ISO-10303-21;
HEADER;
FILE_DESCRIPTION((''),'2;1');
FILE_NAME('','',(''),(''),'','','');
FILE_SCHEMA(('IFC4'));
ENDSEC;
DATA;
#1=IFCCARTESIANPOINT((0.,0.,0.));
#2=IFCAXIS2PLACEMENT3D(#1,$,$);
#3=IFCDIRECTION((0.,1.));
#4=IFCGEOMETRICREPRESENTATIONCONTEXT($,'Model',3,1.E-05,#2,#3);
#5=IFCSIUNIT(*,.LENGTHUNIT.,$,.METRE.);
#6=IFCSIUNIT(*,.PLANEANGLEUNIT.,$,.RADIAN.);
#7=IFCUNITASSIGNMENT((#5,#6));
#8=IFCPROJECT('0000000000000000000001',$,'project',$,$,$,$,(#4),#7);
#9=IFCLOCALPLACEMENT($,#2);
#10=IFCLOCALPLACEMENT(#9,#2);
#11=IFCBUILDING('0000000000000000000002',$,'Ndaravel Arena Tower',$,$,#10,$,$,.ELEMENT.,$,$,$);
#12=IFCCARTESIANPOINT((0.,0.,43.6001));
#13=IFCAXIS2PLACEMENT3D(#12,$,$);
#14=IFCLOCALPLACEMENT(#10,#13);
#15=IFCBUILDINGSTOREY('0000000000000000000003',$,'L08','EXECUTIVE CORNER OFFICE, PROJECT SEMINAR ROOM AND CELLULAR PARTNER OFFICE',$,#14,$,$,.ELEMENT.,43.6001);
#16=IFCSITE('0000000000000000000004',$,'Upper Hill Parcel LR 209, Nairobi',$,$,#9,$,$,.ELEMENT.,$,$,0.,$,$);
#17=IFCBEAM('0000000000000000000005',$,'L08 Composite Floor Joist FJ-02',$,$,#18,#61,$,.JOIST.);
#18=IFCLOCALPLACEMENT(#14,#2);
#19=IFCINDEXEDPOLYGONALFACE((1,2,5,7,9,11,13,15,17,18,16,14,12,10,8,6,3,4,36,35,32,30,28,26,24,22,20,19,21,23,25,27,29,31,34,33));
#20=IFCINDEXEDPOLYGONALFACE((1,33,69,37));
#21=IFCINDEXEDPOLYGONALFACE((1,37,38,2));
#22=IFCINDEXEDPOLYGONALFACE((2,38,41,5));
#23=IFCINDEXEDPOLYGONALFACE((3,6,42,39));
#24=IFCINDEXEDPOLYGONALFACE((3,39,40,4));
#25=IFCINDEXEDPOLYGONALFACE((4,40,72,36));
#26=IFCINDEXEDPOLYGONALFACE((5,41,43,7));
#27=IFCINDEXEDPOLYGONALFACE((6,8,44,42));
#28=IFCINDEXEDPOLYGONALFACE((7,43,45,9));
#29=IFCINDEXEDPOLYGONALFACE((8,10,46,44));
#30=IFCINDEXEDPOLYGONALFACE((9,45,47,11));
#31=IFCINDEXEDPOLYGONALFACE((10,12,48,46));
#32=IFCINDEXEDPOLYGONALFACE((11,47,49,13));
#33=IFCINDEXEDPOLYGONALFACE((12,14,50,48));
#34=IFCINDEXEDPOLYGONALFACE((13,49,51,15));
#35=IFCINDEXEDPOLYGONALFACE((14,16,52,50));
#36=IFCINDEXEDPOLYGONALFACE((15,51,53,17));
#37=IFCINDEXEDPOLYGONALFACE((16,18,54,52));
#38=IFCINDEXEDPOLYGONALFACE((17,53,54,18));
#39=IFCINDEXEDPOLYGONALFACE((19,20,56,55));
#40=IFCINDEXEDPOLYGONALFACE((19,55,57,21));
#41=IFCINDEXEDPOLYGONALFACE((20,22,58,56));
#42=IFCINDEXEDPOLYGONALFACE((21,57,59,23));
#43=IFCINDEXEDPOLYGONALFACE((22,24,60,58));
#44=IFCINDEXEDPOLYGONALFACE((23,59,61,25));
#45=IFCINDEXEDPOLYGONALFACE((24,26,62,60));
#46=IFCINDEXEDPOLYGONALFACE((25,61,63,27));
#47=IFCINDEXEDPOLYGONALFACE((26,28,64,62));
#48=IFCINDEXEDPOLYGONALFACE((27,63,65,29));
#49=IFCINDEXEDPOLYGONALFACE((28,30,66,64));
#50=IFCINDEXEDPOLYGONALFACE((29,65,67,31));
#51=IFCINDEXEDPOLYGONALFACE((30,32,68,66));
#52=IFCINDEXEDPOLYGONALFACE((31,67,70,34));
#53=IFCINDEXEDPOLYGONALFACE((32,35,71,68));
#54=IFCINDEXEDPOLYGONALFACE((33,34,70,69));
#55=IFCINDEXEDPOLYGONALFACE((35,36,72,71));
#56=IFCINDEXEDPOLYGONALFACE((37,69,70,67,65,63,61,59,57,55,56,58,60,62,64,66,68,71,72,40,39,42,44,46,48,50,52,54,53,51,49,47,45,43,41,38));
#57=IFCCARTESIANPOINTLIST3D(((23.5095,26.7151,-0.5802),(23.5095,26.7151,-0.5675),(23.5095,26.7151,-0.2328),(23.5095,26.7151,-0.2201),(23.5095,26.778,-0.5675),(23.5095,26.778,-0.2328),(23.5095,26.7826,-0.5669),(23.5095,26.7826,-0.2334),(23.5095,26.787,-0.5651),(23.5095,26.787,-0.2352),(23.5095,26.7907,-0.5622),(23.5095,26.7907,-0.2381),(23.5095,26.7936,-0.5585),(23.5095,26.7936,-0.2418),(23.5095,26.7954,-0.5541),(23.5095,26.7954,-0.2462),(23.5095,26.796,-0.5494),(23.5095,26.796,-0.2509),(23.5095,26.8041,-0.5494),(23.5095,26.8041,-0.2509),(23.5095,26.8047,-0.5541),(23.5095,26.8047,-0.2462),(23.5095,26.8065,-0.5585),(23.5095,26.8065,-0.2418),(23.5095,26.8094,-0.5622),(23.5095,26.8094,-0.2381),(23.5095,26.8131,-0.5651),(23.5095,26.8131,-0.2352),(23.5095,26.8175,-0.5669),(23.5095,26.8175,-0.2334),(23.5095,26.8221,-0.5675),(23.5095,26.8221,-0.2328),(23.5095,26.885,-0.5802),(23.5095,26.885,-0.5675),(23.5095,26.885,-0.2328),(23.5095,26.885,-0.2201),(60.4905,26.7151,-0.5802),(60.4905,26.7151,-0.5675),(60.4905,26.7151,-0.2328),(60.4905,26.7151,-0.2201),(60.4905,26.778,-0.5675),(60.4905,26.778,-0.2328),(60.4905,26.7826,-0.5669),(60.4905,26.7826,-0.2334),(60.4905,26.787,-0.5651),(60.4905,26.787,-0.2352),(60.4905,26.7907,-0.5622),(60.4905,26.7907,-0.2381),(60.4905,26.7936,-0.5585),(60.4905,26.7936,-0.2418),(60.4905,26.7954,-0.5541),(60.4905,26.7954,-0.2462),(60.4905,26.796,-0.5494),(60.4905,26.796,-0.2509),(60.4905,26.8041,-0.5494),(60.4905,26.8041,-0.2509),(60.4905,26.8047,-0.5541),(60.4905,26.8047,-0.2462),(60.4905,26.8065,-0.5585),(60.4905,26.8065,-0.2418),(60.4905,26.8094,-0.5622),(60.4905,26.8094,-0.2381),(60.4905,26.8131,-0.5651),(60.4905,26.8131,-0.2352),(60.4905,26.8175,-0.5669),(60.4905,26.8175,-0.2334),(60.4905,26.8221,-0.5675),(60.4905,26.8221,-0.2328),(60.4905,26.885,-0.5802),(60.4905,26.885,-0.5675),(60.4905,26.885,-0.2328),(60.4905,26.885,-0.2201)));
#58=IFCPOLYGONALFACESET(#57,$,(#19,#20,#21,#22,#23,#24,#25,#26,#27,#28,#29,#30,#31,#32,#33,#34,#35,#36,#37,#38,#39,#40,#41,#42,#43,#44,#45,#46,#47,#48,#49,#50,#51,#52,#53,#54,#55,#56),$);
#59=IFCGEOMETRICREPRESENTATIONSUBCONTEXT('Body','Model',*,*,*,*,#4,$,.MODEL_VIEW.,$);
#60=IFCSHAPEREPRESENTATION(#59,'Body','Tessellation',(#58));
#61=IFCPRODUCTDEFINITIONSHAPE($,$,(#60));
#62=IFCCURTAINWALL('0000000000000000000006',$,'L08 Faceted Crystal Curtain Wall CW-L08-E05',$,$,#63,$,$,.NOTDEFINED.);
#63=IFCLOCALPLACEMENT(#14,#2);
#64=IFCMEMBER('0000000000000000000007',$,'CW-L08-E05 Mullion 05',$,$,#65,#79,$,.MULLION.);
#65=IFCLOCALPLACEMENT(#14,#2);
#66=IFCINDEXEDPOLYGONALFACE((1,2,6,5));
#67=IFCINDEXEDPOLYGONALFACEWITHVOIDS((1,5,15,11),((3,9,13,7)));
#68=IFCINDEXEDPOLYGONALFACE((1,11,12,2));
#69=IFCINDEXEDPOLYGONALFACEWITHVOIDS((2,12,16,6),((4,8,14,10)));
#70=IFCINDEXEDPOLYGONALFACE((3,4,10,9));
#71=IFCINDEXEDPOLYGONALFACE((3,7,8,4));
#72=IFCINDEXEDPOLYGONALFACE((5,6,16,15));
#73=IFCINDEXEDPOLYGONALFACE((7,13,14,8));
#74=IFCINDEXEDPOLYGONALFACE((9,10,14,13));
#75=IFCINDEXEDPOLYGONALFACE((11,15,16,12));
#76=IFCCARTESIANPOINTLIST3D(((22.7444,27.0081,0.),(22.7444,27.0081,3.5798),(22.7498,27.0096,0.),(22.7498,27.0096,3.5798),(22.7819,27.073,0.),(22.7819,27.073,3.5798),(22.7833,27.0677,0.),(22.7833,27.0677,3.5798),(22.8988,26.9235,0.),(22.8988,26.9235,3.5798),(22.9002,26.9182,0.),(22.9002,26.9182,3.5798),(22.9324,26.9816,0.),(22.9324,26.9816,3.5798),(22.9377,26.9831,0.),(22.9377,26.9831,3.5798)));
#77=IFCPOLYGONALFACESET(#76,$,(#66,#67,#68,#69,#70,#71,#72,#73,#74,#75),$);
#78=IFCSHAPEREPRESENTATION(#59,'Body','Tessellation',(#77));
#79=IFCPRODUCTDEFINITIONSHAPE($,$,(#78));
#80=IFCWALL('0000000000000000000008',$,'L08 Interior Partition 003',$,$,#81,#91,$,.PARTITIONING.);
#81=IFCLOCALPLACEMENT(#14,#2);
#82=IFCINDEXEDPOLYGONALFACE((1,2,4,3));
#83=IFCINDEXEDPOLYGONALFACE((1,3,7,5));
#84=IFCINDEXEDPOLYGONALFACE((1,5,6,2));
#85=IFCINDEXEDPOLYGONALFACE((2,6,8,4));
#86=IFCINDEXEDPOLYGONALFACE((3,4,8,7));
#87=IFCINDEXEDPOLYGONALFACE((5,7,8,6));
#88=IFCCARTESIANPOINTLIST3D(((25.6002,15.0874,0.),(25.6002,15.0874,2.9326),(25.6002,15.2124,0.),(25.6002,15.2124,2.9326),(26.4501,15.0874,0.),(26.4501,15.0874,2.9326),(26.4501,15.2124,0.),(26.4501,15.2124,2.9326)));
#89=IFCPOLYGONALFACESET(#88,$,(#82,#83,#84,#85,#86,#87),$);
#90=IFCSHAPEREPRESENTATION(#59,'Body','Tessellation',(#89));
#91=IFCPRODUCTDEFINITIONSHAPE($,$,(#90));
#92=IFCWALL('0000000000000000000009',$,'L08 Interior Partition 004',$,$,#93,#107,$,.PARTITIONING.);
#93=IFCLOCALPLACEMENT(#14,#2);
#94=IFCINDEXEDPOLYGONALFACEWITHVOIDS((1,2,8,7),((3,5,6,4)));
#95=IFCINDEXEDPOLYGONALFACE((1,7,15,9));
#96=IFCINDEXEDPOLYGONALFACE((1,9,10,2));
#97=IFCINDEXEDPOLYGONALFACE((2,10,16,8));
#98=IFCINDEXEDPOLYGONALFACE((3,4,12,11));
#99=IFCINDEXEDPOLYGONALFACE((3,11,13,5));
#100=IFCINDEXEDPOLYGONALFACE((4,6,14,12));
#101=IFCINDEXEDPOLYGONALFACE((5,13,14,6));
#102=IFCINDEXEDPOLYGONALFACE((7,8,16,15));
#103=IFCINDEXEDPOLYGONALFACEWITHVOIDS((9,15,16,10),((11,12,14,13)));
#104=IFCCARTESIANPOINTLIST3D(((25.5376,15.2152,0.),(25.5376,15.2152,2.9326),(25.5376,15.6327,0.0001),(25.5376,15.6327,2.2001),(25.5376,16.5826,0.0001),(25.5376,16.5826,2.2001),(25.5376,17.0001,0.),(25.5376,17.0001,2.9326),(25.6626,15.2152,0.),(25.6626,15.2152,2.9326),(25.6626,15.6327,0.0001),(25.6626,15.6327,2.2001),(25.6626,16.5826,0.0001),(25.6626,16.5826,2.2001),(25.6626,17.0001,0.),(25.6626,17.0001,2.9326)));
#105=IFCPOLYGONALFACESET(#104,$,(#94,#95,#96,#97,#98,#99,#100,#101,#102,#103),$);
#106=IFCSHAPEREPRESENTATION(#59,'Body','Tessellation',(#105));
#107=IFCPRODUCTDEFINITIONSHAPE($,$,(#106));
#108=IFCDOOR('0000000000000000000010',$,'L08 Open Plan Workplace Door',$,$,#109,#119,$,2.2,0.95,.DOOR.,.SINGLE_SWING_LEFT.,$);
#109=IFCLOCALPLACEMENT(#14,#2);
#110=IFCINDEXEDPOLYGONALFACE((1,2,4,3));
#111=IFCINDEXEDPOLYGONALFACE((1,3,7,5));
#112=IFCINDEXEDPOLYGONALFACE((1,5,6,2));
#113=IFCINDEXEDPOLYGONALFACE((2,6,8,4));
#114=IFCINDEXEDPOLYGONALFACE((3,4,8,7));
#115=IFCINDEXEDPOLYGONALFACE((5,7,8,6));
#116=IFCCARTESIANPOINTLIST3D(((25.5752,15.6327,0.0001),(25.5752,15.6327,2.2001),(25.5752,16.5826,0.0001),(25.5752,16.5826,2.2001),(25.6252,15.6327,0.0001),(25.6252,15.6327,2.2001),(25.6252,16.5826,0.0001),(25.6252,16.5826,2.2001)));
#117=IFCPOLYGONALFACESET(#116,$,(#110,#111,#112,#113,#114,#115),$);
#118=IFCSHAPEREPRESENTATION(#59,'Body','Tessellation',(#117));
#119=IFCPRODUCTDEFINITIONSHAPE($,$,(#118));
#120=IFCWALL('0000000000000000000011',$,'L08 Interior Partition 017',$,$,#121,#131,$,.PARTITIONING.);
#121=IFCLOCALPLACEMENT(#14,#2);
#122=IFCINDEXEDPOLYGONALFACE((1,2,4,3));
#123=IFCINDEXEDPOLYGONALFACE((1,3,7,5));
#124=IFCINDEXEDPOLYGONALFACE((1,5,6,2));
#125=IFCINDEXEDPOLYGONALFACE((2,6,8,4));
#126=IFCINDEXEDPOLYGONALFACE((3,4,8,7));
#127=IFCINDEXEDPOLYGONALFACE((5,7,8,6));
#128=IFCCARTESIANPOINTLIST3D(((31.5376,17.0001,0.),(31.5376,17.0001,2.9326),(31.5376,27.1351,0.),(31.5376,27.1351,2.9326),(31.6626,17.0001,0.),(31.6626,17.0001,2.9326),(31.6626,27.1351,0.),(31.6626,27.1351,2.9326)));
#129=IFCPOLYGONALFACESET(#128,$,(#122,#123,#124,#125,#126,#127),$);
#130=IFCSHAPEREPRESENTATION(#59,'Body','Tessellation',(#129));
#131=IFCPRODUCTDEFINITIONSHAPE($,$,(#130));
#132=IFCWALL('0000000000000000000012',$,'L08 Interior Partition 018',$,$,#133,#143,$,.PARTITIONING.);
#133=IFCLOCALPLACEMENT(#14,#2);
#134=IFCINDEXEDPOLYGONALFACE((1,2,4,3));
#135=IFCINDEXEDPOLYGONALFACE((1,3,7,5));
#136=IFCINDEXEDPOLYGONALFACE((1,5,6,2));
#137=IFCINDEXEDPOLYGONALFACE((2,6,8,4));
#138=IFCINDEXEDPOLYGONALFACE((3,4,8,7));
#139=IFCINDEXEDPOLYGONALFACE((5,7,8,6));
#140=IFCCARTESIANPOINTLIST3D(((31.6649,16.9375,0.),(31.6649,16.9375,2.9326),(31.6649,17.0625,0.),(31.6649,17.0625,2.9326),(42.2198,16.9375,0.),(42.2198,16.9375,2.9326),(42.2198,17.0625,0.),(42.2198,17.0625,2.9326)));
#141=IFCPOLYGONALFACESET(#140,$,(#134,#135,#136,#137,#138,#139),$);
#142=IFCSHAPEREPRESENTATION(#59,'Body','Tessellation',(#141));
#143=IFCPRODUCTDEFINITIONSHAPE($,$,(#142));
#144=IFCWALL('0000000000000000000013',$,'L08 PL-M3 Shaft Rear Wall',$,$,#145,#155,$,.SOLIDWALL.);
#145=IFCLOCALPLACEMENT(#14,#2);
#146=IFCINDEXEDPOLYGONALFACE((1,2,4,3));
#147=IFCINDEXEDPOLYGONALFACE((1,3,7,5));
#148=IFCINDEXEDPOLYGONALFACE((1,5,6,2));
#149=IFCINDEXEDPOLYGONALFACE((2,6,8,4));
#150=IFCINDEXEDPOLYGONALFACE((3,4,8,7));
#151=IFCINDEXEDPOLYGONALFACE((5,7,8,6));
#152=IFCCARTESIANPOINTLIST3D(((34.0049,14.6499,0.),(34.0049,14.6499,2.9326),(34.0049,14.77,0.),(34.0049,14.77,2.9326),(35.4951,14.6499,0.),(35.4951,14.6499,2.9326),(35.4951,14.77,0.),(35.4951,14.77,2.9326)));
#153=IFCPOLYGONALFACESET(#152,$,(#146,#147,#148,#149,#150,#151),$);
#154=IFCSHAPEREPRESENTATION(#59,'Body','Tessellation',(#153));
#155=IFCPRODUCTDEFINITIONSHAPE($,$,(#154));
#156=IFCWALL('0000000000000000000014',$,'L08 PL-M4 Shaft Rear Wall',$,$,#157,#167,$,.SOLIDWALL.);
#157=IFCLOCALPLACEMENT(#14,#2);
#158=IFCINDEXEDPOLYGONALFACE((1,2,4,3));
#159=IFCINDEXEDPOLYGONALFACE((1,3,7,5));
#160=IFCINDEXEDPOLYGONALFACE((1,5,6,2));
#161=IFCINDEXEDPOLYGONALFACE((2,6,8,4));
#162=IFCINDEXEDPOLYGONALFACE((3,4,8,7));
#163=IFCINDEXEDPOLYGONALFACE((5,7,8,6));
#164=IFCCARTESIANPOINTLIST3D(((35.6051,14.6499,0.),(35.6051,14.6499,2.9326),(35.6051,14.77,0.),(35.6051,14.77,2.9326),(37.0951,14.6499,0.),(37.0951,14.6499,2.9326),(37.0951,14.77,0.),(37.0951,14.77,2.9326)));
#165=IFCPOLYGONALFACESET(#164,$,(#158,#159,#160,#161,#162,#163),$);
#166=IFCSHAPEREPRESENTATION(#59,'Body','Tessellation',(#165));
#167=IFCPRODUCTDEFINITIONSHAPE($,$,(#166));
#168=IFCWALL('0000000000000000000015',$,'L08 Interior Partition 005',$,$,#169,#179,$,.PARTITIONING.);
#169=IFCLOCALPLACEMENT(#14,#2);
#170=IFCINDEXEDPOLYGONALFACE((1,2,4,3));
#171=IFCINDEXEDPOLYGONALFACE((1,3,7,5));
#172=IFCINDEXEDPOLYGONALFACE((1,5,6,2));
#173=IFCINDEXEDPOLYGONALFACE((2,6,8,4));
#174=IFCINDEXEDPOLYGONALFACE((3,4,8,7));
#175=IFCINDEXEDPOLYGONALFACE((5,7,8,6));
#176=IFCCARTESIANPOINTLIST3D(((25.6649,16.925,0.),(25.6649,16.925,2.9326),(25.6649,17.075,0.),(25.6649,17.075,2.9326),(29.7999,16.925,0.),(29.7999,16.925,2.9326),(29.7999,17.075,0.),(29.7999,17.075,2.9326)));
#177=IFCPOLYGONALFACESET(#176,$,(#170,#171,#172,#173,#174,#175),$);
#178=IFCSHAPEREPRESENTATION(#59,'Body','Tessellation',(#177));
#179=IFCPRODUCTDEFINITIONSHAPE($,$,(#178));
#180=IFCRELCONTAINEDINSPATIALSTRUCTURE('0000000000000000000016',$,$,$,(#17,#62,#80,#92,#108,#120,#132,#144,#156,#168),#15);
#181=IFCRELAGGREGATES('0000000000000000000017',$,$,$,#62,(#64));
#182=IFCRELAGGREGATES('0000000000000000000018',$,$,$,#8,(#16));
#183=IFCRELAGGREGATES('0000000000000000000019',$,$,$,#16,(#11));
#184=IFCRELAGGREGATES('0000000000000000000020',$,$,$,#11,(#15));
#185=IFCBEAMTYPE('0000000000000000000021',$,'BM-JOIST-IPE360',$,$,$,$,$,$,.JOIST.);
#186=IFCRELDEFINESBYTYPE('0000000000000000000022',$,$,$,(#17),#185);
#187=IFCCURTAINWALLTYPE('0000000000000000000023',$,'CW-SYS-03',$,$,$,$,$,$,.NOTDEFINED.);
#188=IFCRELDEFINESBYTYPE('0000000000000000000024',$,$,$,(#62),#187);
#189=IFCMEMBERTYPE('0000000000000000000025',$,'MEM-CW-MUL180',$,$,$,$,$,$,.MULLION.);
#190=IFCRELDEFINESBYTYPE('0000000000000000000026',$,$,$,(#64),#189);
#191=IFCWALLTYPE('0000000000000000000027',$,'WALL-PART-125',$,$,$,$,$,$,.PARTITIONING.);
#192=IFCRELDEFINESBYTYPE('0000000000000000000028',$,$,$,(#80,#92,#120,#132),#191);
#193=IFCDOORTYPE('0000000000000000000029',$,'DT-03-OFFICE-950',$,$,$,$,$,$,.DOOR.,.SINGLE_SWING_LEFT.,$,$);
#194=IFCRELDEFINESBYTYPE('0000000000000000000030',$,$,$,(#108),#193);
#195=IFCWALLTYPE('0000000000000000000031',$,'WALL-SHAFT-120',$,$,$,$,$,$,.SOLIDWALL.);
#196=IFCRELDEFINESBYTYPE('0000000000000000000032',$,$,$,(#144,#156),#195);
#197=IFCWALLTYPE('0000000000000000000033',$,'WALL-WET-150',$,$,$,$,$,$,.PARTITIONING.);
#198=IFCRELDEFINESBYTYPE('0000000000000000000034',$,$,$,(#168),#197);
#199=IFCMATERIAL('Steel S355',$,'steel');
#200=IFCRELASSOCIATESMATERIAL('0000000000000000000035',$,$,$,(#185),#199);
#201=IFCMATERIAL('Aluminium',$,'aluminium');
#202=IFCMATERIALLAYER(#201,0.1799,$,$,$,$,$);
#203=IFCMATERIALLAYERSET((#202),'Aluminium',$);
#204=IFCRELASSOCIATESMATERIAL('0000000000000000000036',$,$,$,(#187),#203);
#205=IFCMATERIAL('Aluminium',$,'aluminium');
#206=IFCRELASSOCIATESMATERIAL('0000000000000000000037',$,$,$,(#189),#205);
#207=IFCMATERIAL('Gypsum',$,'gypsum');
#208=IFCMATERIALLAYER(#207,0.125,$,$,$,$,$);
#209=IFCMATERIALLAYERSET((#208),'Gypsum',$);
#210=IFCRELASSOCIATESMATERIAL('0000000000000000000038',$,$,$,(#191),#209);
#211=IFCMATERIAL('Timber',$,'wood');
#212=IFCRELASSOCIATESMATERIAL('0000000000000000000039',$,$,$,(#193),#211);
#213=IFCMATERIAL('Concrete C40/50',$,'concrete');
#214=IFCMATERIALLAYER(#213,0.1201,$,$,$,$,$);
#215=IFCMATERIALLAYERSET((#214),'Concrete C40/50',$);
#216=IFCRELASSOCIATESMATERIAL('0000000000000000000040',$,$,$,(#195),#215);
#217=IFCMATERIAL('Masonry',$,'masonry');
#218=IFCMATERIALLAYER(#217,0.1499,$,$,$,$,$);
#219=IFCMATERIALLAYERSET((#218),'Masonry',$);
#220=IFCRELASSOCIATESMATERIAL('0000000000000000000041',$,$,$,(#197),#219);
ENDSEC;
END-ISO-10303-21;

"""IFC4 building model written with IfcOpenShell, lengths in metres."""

from ifc_helpers import new_model, si_unit, direction, frame, frame_2d, origin, origin_2d, place, context, subcontext, project, spatial, rectangle, hollow_rectangle, i_section, extrude, material, layer, layer_set, material_profile, profile_set, type_object, element, fill, aggregate, save


model = new_model("IFC4")

# Units and contexts
model_context = context("Model", 3, precision=1e-05, world=origin(), true_north=direction((0.0, 1.0)))
body_context = subcontext(model_context, "Body", "Model", "MODEL_VIEW")
ifc_project = project(units=[si_unit("LENGTHUNIT", "METRE"), si_unit("PLANEANGLEUNIT", "RADIAN")], contexts=[model_context])

# Site, building, storey
site_placement = place(None, origin())
site = spatial("IfcSite", under=ifc_project, at=site_placement, Name="Upper Hill Parcel LR 209, Nairobi", CompositionType="ELEMENT", RefElevation=0.0)
building_placement = place(site_placement, origin())
building = spatial("IfcBuilding", under=site, at=building_placement, Name="Ndaravel Arena Tower", CompositionType="ELEMENT")
storey_placement = place(building_placement, frame((0.0, 0.0, 43.6001)))
storey = spatial("IfcBuildingStorey", under=building, at=storey_placement, Name="L08", Description="EXECUTIVE CORNER OFFICE, PROJECT SEMINAR ROOM AND CELLULAR PARTNER OFFICE", CompositionType="ELEMENT", Elevation=43.6001)

# Beam
ifc_material_1 = material(Name="Steel S355", Category="steel")
ifc_material_profile_1 = material_profile(ifc_material_1, i_section(OverallWidth=0.1699, OverallDepth=0.3601, WebThickness=0.0081, FlangeThickness=0.0127, FilletRadius=0.0181, at=origin_2d()), Name="IPE 360")
ifc_profile_set_1 = profile_set([ifc_material_profile_1], Name="Steel S355")
beam_type_1 = type_object("IfcBeamType", Name="BM-JOIST-IPE360", PredefinedType="JOIST", material=ifc_profile_set_1)
beam_1_placement = place(storey_placement, frame((23.5095, 26.8, -0.4001), z_axis=(1.0, 0.0, 0.0), x_axis=(0.0, 1.0, 0.0)))
element("IfcBeam", 1, at=beam_1_placement, inside=storey, type_object=beam_type_1, Name="L08 Composite Floor Joist FJ-02", PredefinedType="JOIST", context=body_context, shape_type="SweptSolid", body=[
    extrude(i_section(OverallWidth=0.1699, OverallDepth=0.3601, WebThickness=0.0081, FlangeThickness=0.0127, FilletRadius=0.0181, at=origin_2d()), origin(), (0.0, 0.0, 1.0), 36.981),
])

# Curtain wall, member
ifc_material_2 = material(Name="Aluminium", Category="aluminium")
ifc_layer_1 = layer(ifc_material_2, 0.1799)
ifc_layer_set_1 = layer_set([ifc_layer_1], Name="Aluminium")
curtain_wall_type = type_object("IfcCurtainWallType", Name="CW-SYS-03", PredefinedType="NOTDEFINED", material=ifc_layer_set_1)
curtain_wall_placement = place(storey_placement, origin())
curtain_wall = element("IfcCurtainWall", 2, at=curtain_wall_placement, inside=storey, type_object=curtain_wall_type, Name="L08 Faceted Crystal Curtain Wall CW-L08-E05", PredefinedType="NOTDEFINED")
ifc_material_3 = material(Name="Aluminium", Category="aluminium")
ifc_material_profile_2 = material_profile(ifc_material_3, hollow_rectangle(XDim=0.075, YDim=0.1799, WallThickness=0.0039, at=origin_2d()), Name="CW MULLION 75x180x4")
ifc_profile_set_2 = profile_set([ifc_material_profile_2], Name="Aluminium")
member_type = type_object("IfcMemberType", Name="MEM-CW-MUL180", PredefinedType="MULLION", material=ifc_profile_set_2)
member_placement = place(storey_placement, frame((22.8411, 26.9956, 0.0), z_axis=(0.0, 0.0, 1.0), x_axis=(-0.5, -0.866025, 0.0)))
member = element("IfcMember", 3, at=member_placement, type_object=member_type, Name="CW-L08-E05 Mullion 05", PredefinedType="MULLION", context=body_context, shape_type="SweptSolid", body=[
    extrude(hollow_rectangle(XDim=0.075, YDim=0.1799, WallThickness=0.0039, at=origin_2d()), origin(), (0.0, 0.0, 1.0), 3.5798),
])
aggregate(curtain_wall, [member])

# Wall
ifc_material_4 = material(Name="Gypsum", Category="gypsum")
ifc_layer_2 = layer(ifc_material_4, 0.125)
ifc_layer_set_2 = layer_set([ifc_layer_2], Name="Gypsum")
wall_type_1 = type_object("IfcWallType", Name="WALL-PART-125", PredefinedType="PARTITIONING", material=ifc_layer_set_2)
wall_1_placement = place(storey_placement, frame((26.45, 15.1499, 0.0), z_axis=(0.0, 0.0, 1.0), x_axis=(-1.0, 0.0, 0.0)))
element("IfcWall", 4, at=wall_1_placement, inside=storey, type_object=wall_type_1, Name="L08 Interior Partition 003", PredefinedType="PARTITIONING", context=body_context, shape_type="SweptSolid", body=[
    extrude(rectangle(XDim=0.8499, YDim=0.125, at=frame_2d((0.4248, 0.0))), origin(), (0.0, 0.0, 1.0), 2.9326),
])

# Wall, opening, door
wall_2_placement = place(storey_placement, frame((25.6001, 15.2151, 0.0), z_axis=(0.0, 0.0, 1.0), x_axis=(0.0, 1.0, 0.0)))
wall_2 = element("IfcWall", 5, at=wall_2_placement, inside=storey, type_object=wall_type_1, Name="L08 Interior Partition 004", PredefinedType="PARTITIONING", context=body_context, shape_type="SweptSolid", body=[
    extrude(rectangle(XDim=1.7849, YDim=0.125, at=frame_2d((0.8926, 0.0))), origin(), (0.0, 0.0, 1.0), 2.9326),
])
opening_1_placement = place(wall_2_placement, frame((0.4175, 0.0, 0.0)))
opening_1 = element("IfcOpeningElement", 6, at=opening_1_placement, cuts=wall_2, PredefinedType="OPENING", context=body_context, shape_type="SweptSolid", body=[
    extrude(rectangle(XDim=0.95, YDim=2.2, at=frame_2d((0.4751, 1.1001))), frame((0.0, 0.0625, 0.0), z_axis=(0.0, -1.0, 0.0), x_axis=(1.0, 0.0, 0.0)), (0.0, 0.0, 1.0), 0.125),
])
ifc_material_5 = material(Name="Timber", Category="wood")
door_type_1 = type_object("IfcDoorType", Name="DT-03-OFFICE-950", OperationType="SINGLE_SWING_LEFT", PredefinedType="DOOR", material=ifc_material_5)
door_1_placement = place(opening_1_placement, origin())
door_1 = element("IfcDoor", 7, at=door_1_placement, inside=storey, type_object=door_type_1, Name="L08 Open Plan Workplace Door", OperationType="SINGLE_SWING_LEFT", OverallHeight=2.2, OverallWidth=0.95, PredefinedType="DOOR", context=body_context, shape_type="SweptSolid", body=[
    extrude(rectangle(XDim=0.95, YDim=2.2, at=frame_2d((0.4751, 1.1001))), frame((0.0, 0.0249, 0.0), z_axis=(0.0, -1.0, 0.0), x_axis=(1.0, 0.0, 0.0)), (0.0, 0.0, 1.0), 0.05),
])
fill(opening_1, door_1)

# Walls
wall_3_placement = place(storey_placement, frame((31.6001, 27.135, 0.0), z_axis=(0.0, 0.0, 1.0), x_axis=(0.0, -1.0, 0.0)))
element("IfcWall", 8, at=wall_3_placement, inside=storey, type_object=wall_type_1, Name="L08 Interior Partition 017", PredefinedType="PARTITIONING", context=body_context, shape_type="SweptSolid", body=[
    extrude(rectangle(XDim=10.135, YDim=0.125, at=frame_2d((5.0674, 0.0))), origin(), (0.0, 0.0, 1.0), 2.9326),
])
wall_4_placement = place(storey_placement, frame((31.665, 17.0, 0.0), z_axis=(0.0, 0.0, 1.0), x_axis=(1.0, 0.0, 0.0)))
element("IfcWall", 9, at=wall_4_placement, inside=storey, type_object=wall_type_1, Name="L08 Interior Partition 018", PredefinedType="PARTITIONING", context=body_context, shape_type="SweptSolid", body=[
    extrude(rectangle(XDim=10.5549, YDim=0.125, at=frame_2d((5.2773, 0.0))), origin(), (0.0, 0.0, 1.0), 2.9326),
])
ifc_material_6 = material(Name="Concrete C40/50", Category="concrete")
ifc_layer_3 = layer(ifc_material_6, 0.1201)
ifc_layer_set_3 = layer_set([ifc_layer_3], Name="Concrete C40/50")
wall_type_2 = type_object("IfcWallType", Name="WALL-SHAFT-120", PredefinedType="SOLIDWALL", material=ifc_layer_set_3)
wall_5_placement = place(storey_placement, frame((34.0049, 14.71, 0.0), z_axis=(0.0, 0.0, 1.0), x_axis=(1.0, 0.0, 0.0)))
element("IfcWall", 10, at=wall_5_placement, inside=storey, type_object=wall_type_2, Name="L08 PL-M3 Shaft Rear Wall", PredefinedType="SOLIDWALL", context=body_context, shape_type="SweptSolid", body=[
    extrude(rectangle(XDim=1.4902, YDim=0.1201, at=frame_2d((0.7451, 0.0))), origin(), (0.0, 0.0, 1.0), 2.9326),
])
wall_6_placement = place(storey_placement, frame((35.605, 14.71, 0.0), z_axis=(0.0, 0.0, 1.0), x_axis=(1.0, 0.0, 0.0)))
element("IfcWall", 11, at=wall_6_placement, inside=storey, type_object=wall_type_2, Name="L08 PL-M4 Shaft Rear Wall", PredefinedType="SOLIDWALL", context=body_context, shape_type="SweptSolid", body=[
    extrude(rectangle(XDim=1.49, YDim=0.1201, at=frame_2d((0.7451, 0.0))), origin(), (0.0, 0.0, 1.0), 2.9326),
])
ifc_material_7 = material(Name="Masonry", Category="masonry")
ifc_layer_4 = layer(ifc_material_7, 0.1499)
ifc_layer_set_4 = layer_set([ifc_layer_4], Name="Masonry")
wall_type_3 = type_object("IfcWallType", Name="WALL-WET-150", PredefinedType="PARTITIONING", material=ifc_layer_set_4)
wall_7_placement = place(storey_placement, frame((25.665, 17.0, 0.0), z_axis=(0.0, 0.0, 1.0), x_axis=(1.0, 0.0, 0.0)))
element("IfcWall", 12, at=wall_7_placement, inside=storey, type_object=wall_type_3, Name="L08 Interior Partition 005", PredefinedType="PARTITIONING", context=body_context, shape_type="SweptSolid", body=[
    extrude(rectangle(XDim=4.135, YDim=0.1499, at=frame_2d((2.0674, 0.0))), origin(), (0.0, 0.0, 1.0), 2.9326),
])

save(model, "model.ifc")
